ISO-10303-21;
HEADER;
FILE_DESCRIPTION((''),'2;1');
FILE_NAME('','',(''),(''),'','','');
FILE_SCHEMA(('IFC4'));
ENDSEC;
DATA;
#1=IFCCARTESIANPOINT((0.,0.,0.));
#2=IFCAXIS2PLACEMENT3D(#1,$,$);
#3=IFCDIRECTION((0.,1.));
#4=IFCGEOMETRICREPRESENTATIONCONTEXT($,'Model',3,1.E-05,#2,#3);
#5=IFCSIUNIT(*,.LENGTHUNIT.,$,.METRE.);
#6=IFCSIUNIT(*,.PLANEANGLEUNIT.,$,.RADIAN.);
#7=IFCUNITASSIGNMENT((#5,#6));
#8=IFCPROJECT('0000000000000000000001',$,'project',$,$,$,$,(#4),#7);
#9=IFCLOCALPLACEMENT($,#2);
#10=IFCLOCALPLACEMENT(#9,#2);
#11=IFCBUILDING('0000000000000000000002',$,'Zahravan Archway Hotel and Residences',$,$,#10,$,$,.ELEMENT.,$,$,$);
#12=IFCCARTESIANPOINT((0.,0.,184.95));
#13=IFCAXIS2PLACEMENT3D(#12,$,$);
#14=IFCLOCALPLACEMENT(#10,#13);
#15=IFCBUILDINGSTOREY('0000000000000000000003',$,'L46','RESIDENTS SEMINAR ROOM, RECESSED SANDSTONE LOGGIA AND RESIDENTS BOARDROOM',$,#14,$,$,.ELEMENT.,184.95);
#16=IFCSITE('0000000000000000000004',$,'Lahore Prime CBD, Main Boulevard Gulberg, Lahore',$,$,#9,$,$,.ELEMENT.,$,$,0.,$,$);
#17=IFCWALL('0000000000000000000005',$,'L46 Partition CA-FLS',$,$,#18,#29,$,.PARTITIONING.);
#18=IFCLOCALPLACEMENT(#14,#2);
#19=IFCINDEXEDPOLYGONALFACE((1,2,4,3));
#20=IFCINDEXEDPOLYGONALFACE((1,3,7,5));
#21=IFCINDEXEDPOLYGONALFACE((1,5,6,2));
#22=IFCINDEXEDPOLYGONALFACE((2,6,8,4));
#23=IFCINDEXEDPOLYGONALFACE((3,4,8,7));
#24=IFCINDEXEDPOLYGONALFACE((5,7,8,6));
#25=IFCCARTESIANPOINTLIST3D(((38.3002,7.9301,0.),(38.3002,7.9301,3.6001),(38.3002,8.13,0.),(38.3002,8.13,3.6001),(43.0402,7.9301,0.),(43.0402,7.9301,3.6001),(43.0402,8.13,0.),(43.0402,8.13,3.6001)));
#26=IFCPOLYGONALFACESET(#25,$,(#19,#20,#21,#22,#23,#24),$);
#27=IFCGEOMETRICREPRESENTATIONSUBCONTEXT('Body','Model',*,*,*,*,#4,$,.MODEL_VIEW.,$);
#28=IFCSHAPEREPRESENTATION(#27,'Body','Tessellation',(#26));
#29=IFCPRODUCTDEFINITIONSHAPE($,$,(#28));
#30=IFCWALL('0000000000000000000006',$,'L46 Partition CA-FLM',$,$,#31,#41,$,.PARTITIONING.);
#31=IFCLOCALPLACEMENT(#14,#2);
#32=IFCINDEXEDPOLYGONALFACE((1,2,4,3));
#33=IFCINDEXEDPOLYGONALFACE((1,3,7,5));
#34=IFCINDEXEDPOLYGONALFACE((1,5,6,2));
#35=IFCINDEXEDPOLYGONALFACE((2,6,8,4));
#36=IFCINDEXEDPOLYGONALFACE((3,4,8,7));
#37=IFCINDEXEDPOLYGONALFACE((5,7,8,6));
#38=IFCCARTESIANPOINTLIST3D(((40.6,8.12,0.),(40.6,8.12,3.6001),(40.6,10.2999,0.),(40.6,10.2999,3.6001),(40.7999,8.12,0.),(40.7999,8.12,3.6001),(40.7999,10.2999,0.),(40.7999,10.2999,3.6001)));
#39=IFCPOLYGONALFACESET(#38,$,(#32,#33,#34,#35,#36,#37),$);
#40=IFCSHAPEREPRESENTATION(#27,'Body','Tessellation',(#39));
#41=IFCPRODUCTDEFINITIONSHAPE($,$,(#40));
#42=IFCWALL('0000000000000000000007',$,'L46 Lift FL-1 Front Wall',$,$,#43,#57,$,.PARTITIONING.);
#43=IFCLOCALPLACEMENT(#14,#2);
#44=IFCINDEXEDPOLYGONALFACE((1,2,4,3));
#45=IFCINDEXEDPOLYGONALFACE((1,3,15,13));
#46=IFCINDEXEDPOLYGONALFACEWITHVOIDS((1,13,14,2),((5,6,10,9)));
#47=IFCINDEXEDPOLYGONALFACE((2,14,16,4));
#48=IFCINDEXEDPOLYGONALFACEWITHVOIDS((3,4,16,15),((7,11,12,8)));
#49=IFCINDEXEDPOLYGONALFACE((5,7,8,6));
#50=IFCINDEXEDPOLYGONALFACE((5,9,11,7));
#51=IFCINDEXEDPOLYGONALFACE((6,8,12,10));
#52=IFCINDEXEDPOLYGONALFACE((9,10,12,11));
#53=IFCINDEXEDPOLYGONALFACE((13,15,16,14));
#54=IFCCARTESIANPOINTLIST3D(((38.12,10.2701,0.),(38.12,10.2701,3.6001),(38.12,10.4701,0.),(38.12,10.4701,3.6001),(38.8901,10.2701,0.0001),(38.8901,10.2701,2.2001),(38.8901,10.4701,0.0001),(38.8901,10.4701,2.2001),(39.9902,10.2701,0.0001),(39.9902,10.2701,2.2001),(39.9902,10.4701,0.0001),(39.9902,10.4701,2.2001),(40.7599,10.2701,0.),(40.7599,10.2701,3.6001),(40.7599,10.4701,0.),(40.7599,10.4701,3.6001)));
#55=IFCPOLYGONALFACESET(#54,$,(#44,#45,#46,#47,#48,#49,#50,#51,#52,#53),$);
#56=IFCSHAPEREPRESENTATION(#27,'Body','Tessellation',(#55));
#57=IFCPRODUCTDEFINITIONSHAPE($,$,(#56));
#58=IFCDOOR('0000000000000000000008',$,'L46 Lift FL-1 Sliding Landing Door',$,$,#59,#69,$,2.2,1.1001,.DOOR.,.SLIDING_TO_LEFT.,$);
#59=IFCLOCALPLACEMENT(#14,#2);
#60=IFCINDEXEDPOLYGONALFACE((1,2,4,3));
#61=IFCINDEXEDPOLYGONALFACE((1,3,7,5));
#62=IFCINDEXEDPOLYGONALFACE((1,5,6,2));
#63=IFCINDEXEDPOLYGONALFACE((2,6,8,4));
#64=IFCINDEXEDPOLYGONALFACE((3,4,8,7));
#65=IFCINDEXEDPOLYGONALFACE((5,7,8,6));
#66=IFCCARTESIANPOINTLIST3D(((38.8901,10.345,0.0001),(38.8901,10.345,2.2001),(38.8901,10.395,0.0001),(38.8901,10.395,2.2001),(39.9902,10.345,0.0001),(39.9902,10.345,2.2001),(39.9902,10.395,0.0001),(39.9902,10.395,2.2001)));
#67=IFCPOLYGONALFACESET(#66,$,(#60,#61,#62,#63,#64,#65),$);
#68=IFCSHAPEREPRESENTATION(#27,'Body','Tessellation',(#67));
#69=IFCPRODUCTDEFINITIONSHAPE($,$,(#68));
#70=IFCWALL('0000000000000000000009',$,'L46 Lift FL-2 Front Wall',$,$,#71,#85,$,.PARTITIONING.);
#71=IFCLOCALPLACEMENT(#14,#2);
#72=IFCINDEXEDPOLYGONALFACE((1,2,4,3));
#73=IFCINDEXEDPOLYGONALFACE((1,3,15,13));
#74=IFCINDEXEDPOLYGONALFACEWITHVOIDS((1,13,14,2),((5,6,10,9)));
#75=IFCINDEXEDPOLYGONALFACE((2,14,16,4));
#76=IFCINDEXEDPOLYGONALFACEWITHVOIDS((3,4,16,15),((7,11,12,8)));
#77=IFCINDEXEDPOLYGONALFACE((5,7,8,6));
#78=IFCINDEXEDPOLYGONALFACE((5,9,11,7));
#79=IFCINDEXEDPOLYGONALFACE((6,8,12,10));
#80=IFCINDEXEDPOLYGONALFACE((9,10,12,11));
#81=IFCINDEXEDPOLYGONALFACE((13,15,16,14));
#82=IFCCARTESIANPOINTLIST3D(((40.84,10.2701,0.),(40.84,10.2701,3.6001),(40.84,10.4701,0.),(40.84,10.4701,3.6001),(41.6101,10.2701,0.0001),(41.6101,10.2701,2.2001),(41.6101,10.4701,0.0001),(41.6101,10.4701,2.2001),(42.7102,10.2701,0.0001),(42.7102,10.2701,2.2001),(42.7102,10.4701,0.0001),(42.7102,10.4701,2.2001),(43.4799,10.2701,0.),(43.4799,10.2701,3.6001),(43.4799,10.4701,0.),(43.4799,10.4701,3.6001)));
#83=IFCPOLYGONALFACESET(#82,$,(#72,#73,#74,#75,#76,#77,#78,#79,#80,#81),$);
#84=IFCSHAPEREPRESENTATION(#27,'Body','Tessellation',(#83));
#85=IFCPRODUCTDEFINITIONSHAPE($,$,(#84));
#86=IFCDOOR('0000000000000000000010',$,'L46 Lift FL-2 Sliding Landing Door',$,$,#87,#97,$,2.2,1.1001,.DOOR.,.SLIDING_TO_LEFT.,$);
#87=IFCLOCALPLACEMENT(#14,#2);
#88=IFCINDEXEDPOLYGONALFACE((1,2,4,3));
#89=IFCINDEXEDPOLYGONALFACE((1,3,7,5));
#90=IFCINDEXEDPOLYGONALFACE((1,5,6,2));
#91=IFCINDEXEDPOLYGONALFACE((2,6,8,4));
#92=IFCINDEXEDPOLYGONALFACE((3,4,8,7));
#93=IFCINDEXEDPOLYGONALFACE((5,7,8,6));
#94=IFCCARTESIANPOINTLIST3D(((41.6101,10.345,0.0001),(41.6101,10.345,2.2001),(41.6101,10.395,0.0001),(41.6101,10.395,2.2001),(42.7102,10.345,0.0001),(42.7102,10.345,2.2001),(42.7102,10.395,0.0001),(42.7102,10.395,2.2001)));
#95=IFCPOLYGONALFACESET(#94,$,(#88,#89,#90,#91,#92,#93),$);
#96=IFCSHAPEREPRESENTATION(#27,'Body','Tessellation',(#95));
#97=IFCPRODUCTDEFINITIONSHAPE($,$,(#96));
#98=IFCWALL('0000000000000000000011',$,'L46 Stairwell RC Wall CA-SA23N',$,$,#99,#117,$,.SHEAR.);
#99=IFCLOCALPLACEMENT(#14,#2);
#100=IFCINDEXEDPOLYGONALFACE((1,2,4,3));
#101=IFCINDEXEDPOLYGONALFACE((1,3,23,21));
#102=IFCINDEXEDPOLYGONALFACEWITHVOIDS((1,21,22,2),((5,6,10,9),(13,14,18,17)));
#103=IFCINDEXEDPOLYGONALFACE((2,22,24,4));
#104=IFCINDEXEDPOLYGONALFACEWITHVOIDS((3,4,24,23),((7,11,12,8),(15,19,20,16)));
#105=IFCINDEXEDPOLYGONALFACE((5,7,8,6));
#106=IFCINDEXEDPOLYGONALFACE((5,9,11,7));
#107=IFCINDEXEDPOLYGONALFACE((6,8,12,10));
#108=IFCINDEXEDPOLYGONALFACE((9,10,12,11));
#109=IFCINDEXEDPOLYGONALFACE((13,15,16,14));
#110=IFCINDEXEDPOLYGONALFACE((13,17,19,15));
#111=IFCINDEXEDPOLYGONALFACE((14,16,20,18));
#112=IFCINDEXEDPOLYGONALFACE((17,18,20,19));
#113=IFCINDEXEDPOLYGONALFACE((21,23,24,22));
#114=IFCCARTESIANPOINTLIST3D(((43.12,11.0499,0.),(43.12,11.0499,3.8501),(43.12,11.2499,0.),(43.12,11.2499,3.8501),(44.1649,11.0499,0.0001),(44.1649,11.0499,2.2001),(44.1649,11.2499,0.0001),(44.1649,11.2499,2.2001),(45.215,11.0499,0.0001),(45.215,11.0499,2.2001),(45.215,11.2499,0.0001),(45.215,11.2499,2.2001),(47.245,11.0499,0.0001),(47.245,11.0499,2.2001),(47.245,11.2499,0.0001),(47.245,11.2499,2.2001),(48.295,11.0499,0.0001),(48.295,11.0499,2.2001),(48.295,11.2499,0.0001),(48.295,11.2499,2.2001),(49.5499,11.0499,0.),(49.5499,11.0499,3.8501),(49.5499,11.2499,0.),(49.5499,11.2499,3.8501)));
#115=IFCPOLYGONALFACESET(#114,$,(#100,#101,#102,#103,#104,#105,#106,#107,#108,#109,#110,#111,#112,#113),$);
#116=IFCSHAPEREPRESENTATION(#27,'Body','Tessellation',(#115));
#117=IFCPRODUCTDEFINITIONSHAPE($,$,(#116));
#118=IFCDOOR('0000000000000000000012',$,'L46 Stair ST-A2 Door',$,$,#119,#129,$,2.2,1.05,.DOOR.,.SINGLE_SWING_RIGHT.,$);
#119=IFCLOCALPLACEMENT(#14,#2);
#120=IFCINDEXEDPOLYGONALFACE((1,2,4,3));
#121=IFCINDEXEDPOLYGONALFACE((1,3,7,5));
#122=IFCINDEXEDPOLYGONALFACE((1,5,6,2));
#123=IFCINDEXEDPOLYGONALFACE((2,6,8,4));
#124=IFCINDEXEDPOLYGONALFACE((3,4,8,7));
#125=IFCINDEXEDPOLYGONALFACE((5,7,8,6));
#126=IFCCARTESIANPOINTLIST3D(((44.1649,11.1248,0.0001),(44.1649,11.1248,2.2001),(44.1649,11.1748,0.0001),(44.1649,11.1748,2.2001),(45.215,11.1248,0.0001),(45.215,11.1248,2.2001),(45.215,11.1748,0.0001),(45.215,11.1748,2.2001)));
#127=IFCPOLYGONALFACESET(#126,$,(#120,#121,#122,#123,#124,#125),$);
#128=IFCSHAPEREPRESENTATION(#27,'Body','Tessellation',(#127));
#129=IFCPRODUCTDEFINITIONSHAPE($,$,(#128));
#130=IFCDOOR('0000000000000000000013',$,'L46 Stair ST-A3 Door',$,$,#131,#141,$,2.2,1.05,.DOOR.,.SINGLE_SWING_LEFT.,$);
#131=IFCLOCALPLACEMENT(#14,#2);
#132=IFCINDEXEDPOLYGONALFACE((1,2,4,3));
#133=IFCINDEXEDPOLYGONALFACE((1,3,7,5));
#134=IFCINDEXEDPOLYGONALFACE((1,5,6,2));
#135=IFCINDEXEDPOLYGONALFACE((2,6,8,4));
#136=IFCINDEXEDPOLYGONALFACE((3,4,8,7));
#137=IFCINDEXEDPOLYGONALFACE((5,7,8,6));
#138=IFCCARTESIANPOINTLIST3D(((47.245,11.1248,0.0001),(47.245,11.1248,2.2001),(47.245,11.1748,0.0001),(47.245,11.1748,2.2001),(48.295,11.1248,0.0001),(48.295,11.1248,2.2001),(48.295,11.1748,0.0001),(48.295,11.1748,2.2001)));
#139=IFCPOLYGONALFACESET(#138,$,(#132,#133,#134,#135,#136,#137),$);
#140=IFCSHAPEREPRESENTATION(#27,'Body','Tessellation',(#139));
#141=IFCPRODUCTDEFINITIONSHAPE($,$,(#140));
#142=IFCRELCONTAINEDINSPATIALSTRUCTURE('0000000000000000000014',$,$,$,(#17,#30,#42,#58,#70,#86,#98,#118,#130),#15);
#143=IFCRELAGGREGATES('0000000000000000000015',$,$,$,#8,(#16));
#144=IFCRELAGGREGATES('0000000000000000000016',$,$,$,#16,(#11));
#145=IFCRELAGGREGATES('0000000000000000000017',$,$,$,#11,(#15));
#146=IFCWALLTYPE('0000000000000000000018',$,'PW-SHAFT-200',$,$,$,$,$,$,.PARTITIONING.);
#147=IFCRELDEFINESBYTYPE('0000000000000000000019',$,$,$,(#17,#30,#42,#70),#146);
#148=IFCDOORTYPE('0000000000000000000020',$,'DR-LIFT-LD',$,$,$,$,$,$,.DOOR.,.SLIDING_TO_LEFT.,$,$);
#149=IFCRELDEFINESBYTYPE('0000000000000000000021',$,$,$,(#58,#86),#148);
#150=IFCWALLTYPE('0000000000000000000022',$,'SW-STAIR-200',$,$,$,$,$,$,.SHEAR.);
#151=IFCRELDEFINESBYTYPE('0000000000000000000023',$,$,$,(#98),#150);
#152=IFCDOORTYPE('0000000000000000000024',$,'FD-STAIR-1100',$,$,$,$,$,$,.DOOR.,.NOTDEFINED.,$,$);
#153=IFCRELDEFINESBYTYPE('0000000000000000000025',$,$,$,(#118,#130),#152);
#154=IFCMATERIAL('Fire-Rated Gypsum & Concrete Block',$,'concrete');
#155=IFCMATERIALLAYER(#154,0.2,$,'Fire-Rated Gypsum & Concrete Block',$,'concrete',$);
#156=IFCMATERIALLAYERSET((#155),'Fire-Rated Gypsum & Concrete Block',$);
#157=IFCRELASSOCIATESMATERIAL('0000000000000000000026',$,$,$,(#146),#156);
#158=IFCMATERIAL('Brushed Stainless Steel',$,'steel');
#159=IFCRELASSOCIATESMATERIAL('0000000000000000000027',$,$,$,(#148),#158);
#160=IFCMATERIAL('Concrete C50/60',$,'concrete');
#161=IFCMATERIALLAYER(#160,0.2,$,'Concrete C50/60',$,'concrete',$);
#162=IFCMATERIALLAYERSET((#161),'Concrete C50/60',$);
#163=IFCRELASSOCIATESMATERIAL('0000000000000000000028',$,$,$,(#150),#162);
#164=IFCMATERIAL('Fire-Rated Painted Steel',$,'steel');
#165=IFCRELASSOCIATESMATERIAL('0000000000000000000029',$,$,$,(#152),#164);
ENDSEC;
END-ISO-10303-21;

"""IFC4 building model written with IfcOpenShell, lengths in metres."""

from ifc_helpers import new_model, si_unit, direction, frame, frame_2d, origin, place, context, subcontext, project, spatial, rectangle, extrude, source, transform, mapped, material, layer, layer_set, type_object, type_shapes, element, fill, save


model = new_model("IFC4")

# Units and contexts
model_context = context("Model", 3, precision=1e-05, world=origin(), true_north=direction((0.0, 1.0)))
body_context = subcontext(model_context, "Body", "Model", "MODEL_VIEW")
ifc_project = project(units=[si_unit("LENGTHUNIT", "METRE"), si_unit("PLANEANGLEUNIT", "RADIAN")], contexts=[model_context])

# Site, building, storey
site_placement = place(None, origin())
site = spatial("IfcSite", under=ifc_project, at=site_placement, Name="Lahore Prime CBD, Main Boulevard Gulberg, Lahore", CompositionType="ELEMENT", RefElevation=0.0)
building_placement = place(site_placement, origin())
building = spatial("IfcBuilding", under=site, at=building_placement, Name="Zahravan Archway Hotel and Residences", CompositionType="ELEMENT")
storey_placement = place(building_placement, frame((0.0, 0.0, 184.95)))
storey = spatial("IfcBuildingStorey", under=building, at=storey_placement, Name="L46", Description="RESIDENTS SEMINAR ROOM, RECESSED SANDSTONE LOGGIA AND RESIDENTS BOARDROOM", CompositionType="ELEMENT", Elevation=184.95)

# Shared definitions
ifc_material_1 = material(Name="Fire-Rated Gypsum & Concrete Block", Category="concrete")
ifc_material_2 = material(Name="Fire-Rated Painted Steel", Category="steel")

# Walls
ifc_layer_1 = layer(ifc_material_1, 0.2, Name="Fire-Rated Gypsum & Concrete Block", Category="concrete")
ifc_layer_set_1 = layer_set([ifc_layer_1], Name="Fire-Rated Gypsum & Concrete Block")
wall_type_1 = type_object("IfcWallType", Name="PW-SHAFT-200", PredefinedType="PARTITIONING", material=ifc_layer_set_1)
wall_1_placement = place(storey_placement, frame((38.3, 8.03, 0.0), z_axis=(0.0, 0.0, 1.0), x_axis=(1.0, 0.0, 0.0)))
element("IfcWall", 1, at=wall_1_placement, inside=storey, type_object=wall_type_1, Name="L46 Partition CA-FLS", PredefinedType="PARTITIONING", context=body_context, shape_type="SweptSolid", body=[
    extrude(rectangle(XDim=4.74, YDim=0.2, at=frame_2d((2.3701, 0.0))), origin(), (0.0, 0.0, 1.0), 3.6001),
])
wall_2_placement = place(storey_placement, frame((40.7, 8.1201, 0.0), z_axis=(0.0, 0.0, 1.0), x_axis=(0.0, 1.0, 0.0)))
element("IfcWall", 2, at=wall_2_placement, inside=storey, type_object=wall_type_1, Name="L46 Partition CA-FLM", PredefinedType="PARTITIONING", context=body_context, shape_type="SweptSolid", body=[
    extrude(rectangle(XDim=2.1799, YDim=0.2, at=frame_2d((1.0898, 0.0))), origin(), (0.0, 0.0, 1.0), 3.6001),
])

# Walls, openings, doors
wall_3_placement = place(storey_placement, frame((38.1201, 10.3701, 0.0), z_axis=(0.0, 0.0, 1.0), x_axis=(1.0, 0.0, 0.0)))
wall_3 = element("IfcWall", 3, at=wall_3_placement, inside=storey, type_object=wall_type_1, Name="L46 Lift FL-1 Front Wall", PredefinedType="PARTITIONING", context=body_context, shape_type="SweptSolid", body=[
    extrude(rectangle(XDim=2.6399, YDim=0.2, at=frame_2d((1.3198, 0.0))), origin(), (0.0, 0.0, 1.0), 3.6001),
])
opening_1_placement = place(wall_3_placement, frame((0.77, 0.0, 0.0)))
opening_1 = element("IfcOpeningElement", 4, at=opening_1_placement, cuts=wall_3, PredefinedType="OPENING", context=body_context, shape_type="SweptSolid", body=[
    extrude(rectangle(XDim=1.1001, YDim=2.2, at=frame_2d((0.55, 1.1001))), frame((0.0, 0.1099, 0.0), z_axis=(0.0, -1.0, 0.0), x_axis=(1.0, 0.0, 0.0)), (0.0, 0.0, 1.0), 0.22),
])
ifc_material_3 = material(Name="Brushed Stainless Steel", Category="steel")
door_type_1 = type_object("IfcDoorType", Name="DR-LIFT-LD", OperationType="SLIDING_TO_LEFT", PredefinedType="DOOR", material=ifc_material_3)
shared_shape_1 = source(origin(), body_context, "Body", "SweptSolid", [
    extrude(rectangle(XDim=1.1001, YDim=2.2, at=frame_2d((0.55, 1.1001))), frame((0.0, 0.0249, 0.0), z_axis=(0.0, -1.0, 0.0), x_axis=(1.0, 0.0, 0.0)), (0.0, 0.0, 1.0), 0.05),
])
type_shapes(door_type_1, [shared_shape_1])
door_1_placement = place(opening_1_placement, origin())
door_1 = element("IfcDoor", 5, at=door_1_placement, inside=storey, type_object=door_type_1, Name="L46 Lift FL-1 Sliding Landing Door", OperationType="SLIDING_TO_LEFT", OverallHeight=2.2, OverallWidth=1.1001, PredefinedType="DOOR", context=body_context, shape_type="MappedRepresentation", body=[
    mapped(shared_shape_1, transform((0.0, 0.0, 0.0), scale=1.0)),
])
fill(opening_1, door_1)
wall_4_placement = place(storey_placement, frame((40.8401, 10.3701, 0.0), z_axis=(0.0, 0.0, 1.0), x_axis=(1.0, 0.0, 0.0)))
wall_4 = element("IfcWall", 6, at=wall_4_placement, inside=storey, type_object=wall_type_1, Name="L46 Lift FL-2 Front Wall", PredefinedType="PARTITIONING", context=body_context, shape_type="SweptSolid", body=[
    extrude(rectangle(XDim=2.6399, YDim=0.2, at=frame_2d((1.3198, 0.0))), origin(), (0.0, 0.0, 1.0), 3.6001),
])
opening_2_placement = place(wall_4_placement, frame((0.77, 0.0, 0.0)))
opening_2 = element("IfcOpeningElement", 7, at=opening_2_placement, cuts=wall_4, PredefinedType="OPENING", context=body_context, shape_type="SweptSolid", body=[
    extrude(rectangle(XDim=1.1001, YDim=2.2, at=frame_2d((0.55, 1.1001))), frame((0.0, 0.1099, 0.0), z_axis=(0.0, -1.0, 0.0), x_axis=(1.0, 0.0, 0.0)), (0.0, 0.0, 1.0), 0.22),
])
door_2_placement = place(opening_2_placement, origin())
door_2 = element("IfcDoor", 8, at=door_2_placement, inside=storey, type_object=door_type_1, Name="L46 Lift FL-2 Sliding Landing Door", OperationType="SLIDING_TO_LEFT", OverallHeight=2.2, OverallWidth=1.1001, PredefinedType="DOOR", context=body_context, shape_type="MappedRepresentation", body=[
    mapped(shared_shape_1, transform((0.0, 0.0, 0.0), scale=1.0)),
])
fill(opening_2, door_2)

# Wall, openings, doors
ifc_material_4 = material(Name="Concrete C50/60", Category="concrete")
ifc_layer_2 = layer(ifc_material_4, 0.2, Name="Concrete C50/60", Category="concrete")
ifc_layer_set_2 = layer_set([ifc_layer_2], Name="Concrete C50/60")
wall_type_2 = type_object("IfcWallType", Name="SW-STAIR-200", PredefinedType="SHEAR", material=ifc_layer_set_2)
wall_5_placement = place(storey_placement, frame((43.1201, 11.1499, 0.0), z_axis=(0.0, 0.0, 1.0), x_axis=(1.0, 0.0, 0.0)))
wall_5 = element("IfcWall", 9, at=wall_5_placement, inside=storey, type_object=wall_type_2, Name="L46 Stairwell RC Wall CA-SA23N", PredefinedType="SHEAR", context=body_context, shape_type="SweptSolid", body=[
    extrude(rectangle(XDim=6.4299, YDim=0.2, at=frame_2d((3.2148, 0.0))), origin(), (0.0, 0.0, 1.0), 3.8501),
])
opening_3_placement = place(wall_5_placement, frame((1.0449, 0.0, 0.0)))
opening_3 = element("IfcOpeningElement", 10, at=opening_3_placement, cuts=wall_5, PredefinedType="OPENING", context=body_context, shape_type="SweptSolid", body=[
    extrude(rectangle(XDim=1.05, YDim=2.2, at=frame_2d((0.5249, 1.1001))), frame((0.0, 0.1099, 0.0), z_axis=(0.0, -1.0, 0.0), x_axis=(1.0, 0.0, 0.0)), (0.0, 0.0, 1.0), 0.22),
])
opening_4_placement = place(wall_5_placement, frame((4.125, 0.0, 0.0)))
opening_4 = element("IfcOpeningElement", 11, at=opening_4_placement, cuts=wall_5, PredefinedType="OPENING", context=body_context, shape_type="SweptSolid", body=[
    extrude(rectangle(XDim=1.05, YDim=2.2, at=frame_2d((0.5249, 1.1001))), frame((0.0, 0.1099, 0.0), z_axis=(0.0, -1.0, 0.0), x_axis=(1.0, 0.0, 0.0)), (0.0, 0.0, 1.0), 0.22),
])
door_type_2 = type_object("IfcDoorType", Name="FD-STAIR-1100", OperationType="NOTDEFINED", PredefinedType="DOOR", material=ifc_material_2)
shared_shape_2 = source(origin(), body_context, "Body", "SweptSolid", [
    extrude(rectangle(XDim=1.05, YDim=2.2, at=frame_2d((0.5249, 1.1001))), frame((0.0, 0.0249, 0.0), z_axis=(0.0, -1.0, 0.0), x_axis=(1.0, 0.0, 0.0)), (0.0, 0.0, 1.0), 0.05),
])
type_shapes(door_type_2, [shared_shape_2])
door_3_placement = place(opening_3_placement, origin())
door_3 = element("IfcDoor", 12, at=door_3_placement, inside=storey, type_object=door_type_2, Name="L46 Stair ST-A2 Door", OperationType="SINGLE_SWING_RIGHT", OverallHeight=2.2, OverallWidth=1.05, PredefinedType="DOOR", context=body_context, shape_type="MappedRepresentation", body=[
    mapped(shared_shape_2, transform((0.0, 0.0, 0.0), scale=1.0)),
])
fill(opening_3, door_3)
door_4_placement = place(opening_4_placement, origin())
door_4 = element("IfcDoor", 13, at=door_4_placement, inside=storey, type_object=door_type_2, Name="L46 Stair ST-A3 Door", OperationType="SINGLE_SWING_LEFT", OverallHeight=2.2, OverallWidth=1.05, PredefinedType="DOOR", context=body_context, shape_type="MappedRepresentation", body=[
    mapped(shared_shape_2, transform((0.0, 0.0, 0.0), scale=1.0)),
])
fill(opening_4, door_4)

save(model, "model.ifc")
